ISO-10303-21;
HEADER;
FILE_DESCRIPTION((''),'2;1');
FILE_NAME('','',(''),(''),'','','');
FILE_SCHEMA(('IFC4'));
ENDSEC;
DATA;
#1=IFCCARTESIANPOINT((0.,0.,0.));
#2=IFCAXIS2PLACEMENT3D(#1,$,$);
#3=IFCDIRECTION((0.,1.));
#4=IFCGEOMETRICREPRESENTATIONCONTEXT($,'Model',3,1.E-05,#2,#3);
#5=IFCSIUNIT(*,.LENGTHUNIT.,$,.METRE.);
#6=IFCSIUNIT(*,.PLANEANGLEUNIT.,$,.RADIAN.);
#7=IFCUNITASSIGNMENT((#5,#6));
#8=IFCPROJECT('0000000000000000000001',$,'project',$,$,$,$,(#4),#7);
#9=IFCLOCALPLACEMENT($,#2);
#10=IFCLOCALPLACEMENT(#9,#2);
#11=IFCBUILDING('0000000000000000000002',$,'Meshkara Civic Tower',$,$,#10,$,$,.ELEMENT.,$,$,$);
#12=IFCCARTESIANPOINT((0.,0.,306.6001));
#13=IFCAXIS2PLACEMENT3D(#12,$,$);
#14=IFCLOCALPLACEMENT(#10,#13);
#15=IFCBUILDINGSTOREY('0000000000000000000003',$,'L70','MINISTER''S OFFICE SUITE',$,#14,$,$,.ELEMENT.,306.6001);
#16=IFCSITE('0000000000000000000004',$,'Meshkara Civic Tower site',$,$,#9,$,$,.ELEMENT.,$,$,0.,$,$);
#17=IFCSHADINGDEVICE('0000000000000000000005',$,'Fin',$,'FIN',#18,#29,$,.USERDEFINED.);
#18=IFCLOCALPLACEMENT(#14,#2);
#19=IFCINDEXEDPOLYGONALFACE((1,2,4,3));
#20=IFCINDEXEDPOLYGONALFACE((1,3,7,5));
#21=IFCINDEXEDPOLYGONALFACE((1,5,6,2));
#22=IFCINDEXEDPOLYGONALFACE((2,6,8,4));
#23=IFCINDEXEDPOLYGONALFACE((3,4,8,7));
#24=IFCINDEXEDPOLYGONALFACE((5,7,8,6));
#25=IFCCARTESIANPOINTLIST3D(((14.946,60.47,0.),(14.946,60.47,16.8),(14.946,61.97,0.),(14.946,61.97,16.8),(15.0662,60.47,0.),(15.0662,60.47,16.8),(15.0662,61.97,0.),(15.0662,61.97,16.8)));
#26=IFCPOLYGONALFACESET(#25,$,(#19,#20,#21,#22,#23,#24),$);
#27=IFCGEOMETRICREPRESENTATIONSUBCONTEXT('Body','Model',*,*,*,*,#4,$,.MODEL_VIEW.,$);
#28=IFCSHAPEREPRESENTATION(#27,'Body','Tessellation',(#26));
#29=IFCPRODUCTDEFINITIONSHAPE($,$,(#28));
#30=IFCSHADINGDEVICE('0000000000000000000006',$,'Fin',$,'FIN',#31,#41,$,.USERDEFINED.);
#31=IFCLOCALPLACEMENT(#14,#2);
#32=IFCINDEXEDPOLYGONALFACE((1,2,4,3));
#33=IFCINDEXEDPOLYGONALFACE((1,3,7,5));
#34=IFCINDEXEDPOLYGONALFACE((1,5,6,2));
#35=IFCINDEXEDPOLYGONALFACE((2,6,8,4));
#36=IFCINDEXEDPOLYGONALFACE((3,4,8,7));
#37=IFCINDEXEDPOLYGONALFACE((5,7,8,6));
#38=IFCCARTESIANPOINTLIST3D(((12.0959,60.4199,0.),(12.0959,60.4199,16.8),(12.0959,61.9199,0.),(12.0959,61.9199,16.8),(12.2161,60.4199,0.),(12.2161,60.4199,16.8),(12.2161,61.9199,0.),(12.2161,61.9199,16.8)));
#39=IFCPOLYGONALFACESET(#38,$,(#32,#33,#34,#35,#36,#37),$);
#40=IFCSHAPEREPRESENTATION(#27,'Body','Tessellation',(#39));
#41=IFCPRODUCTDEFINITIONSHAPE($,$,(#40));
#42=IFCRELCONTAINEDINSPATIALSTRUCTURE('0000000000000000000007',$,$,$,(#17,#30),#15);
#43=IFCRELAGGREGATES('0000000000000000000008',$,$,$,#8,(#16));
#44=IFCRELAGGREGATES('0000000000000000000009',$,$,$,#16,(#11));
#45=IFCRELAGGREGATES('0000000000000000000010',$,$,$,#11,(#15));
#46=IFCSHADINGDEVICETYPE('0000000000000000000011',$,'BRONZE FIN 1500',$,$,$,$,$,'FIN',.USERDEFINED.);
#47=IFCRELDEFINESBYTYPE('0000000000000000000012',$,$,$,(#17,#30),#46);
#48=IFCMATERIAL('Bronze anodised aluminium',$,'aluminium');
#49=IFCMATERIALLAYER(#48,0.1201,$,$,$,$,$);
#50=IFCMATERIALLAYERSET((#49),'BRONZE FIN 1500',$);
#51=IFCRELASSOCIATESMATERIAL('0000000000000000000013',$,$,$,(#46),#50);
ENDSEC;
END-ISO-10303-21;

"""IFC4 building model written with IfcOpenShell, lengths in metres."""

from ifc_helpers import new_model, si_unit, direction, frame, origin, origin_2d, place, context, subcontext, project, spatial, rectangle, extrude, material, layer, layer_set, type_object, element, save


model = new_model("IFC4")

# Units and contexts
model_context = context("Model", 3, precision=1e-05, world=origin(), true_north=direction((0.0, 1.0)))
body_context = subcontext(model_context, "Body", "Model", "MODEL_VIEW")
ifc_project = project(units=[si_unit("LENGTHUNIT", "METRE"), si_unit("PLANEANGLEUNIT", "RADIAN")], contexts=[model_context])

# Site, building, storey
site_placement = place(None, origin())
site = spatial("IfcSite", under=ifc_project, at=site_placement, Name="Meshkara Civic Tower site", CompositionType="ELEMENT", RefElevation=0.0)
building_placement = place(site_placement, origin())
building = spatial("IfcBuilding", under=site, at=building_placement, Name="Meshkara Civic Tower", CompositionType="ELEMENT")
storey_placement = place(building_placement, frame((0.0, 0.0, 306.6001)))
storey = spatial("IfcBuildingStorey", under=building, at=storey_placement, Name="L70", Description="MINISTER'S OFFICE SUITE", CompositionType="ELEMENT", Elevation=306.6001)

# Shading devices
ifc_material_1 = material(Name="Bronze anodised aluminium", Category="aluminium")
ifc_layer_1 = layer(ifc_material_1, 0.1201)
ifc_layer_set_1 = layer_set([ifc_layer_1], Name="BRONZE FIN 1500")
shading_device_type = type_object("IfcShadingDeviceType", Name="BRONZE FIN 1500", ElementType="FIN", PredefinedType="USERDEFINED", material=ifc_layer_set_1)
for number, where, z_axis, x_axis, name in (
    (1, (15.0061, 61.22, 0.0), (0.0, 0.0, 1.0), (-1.0, 0.0, 0.0), "Fin"),
    (2, (12.156, 61.1699, 0.0), (0.0, 0.0, 1.0), (-1.0, 0.0, 0.0), "Fin"),
):
    element("IfcShadingDevice", number, at=place(storey_placement, frame(where, z_axis=z_axis, x_axis=x_axis)), inside=storey, type_object=shading_device_type, Name=name, ObjectType="FIN", PredefinedType="USERDEFINED", context=body_context, shape_type="SweptSolid", body=[
        extrude(rectangle(XDim=0.1201, YDim=1.5, at=origin_2d()), origin(), (0.0, 0.0, 1.0), 16.8),
    ])

save(model, "model.ifc")
